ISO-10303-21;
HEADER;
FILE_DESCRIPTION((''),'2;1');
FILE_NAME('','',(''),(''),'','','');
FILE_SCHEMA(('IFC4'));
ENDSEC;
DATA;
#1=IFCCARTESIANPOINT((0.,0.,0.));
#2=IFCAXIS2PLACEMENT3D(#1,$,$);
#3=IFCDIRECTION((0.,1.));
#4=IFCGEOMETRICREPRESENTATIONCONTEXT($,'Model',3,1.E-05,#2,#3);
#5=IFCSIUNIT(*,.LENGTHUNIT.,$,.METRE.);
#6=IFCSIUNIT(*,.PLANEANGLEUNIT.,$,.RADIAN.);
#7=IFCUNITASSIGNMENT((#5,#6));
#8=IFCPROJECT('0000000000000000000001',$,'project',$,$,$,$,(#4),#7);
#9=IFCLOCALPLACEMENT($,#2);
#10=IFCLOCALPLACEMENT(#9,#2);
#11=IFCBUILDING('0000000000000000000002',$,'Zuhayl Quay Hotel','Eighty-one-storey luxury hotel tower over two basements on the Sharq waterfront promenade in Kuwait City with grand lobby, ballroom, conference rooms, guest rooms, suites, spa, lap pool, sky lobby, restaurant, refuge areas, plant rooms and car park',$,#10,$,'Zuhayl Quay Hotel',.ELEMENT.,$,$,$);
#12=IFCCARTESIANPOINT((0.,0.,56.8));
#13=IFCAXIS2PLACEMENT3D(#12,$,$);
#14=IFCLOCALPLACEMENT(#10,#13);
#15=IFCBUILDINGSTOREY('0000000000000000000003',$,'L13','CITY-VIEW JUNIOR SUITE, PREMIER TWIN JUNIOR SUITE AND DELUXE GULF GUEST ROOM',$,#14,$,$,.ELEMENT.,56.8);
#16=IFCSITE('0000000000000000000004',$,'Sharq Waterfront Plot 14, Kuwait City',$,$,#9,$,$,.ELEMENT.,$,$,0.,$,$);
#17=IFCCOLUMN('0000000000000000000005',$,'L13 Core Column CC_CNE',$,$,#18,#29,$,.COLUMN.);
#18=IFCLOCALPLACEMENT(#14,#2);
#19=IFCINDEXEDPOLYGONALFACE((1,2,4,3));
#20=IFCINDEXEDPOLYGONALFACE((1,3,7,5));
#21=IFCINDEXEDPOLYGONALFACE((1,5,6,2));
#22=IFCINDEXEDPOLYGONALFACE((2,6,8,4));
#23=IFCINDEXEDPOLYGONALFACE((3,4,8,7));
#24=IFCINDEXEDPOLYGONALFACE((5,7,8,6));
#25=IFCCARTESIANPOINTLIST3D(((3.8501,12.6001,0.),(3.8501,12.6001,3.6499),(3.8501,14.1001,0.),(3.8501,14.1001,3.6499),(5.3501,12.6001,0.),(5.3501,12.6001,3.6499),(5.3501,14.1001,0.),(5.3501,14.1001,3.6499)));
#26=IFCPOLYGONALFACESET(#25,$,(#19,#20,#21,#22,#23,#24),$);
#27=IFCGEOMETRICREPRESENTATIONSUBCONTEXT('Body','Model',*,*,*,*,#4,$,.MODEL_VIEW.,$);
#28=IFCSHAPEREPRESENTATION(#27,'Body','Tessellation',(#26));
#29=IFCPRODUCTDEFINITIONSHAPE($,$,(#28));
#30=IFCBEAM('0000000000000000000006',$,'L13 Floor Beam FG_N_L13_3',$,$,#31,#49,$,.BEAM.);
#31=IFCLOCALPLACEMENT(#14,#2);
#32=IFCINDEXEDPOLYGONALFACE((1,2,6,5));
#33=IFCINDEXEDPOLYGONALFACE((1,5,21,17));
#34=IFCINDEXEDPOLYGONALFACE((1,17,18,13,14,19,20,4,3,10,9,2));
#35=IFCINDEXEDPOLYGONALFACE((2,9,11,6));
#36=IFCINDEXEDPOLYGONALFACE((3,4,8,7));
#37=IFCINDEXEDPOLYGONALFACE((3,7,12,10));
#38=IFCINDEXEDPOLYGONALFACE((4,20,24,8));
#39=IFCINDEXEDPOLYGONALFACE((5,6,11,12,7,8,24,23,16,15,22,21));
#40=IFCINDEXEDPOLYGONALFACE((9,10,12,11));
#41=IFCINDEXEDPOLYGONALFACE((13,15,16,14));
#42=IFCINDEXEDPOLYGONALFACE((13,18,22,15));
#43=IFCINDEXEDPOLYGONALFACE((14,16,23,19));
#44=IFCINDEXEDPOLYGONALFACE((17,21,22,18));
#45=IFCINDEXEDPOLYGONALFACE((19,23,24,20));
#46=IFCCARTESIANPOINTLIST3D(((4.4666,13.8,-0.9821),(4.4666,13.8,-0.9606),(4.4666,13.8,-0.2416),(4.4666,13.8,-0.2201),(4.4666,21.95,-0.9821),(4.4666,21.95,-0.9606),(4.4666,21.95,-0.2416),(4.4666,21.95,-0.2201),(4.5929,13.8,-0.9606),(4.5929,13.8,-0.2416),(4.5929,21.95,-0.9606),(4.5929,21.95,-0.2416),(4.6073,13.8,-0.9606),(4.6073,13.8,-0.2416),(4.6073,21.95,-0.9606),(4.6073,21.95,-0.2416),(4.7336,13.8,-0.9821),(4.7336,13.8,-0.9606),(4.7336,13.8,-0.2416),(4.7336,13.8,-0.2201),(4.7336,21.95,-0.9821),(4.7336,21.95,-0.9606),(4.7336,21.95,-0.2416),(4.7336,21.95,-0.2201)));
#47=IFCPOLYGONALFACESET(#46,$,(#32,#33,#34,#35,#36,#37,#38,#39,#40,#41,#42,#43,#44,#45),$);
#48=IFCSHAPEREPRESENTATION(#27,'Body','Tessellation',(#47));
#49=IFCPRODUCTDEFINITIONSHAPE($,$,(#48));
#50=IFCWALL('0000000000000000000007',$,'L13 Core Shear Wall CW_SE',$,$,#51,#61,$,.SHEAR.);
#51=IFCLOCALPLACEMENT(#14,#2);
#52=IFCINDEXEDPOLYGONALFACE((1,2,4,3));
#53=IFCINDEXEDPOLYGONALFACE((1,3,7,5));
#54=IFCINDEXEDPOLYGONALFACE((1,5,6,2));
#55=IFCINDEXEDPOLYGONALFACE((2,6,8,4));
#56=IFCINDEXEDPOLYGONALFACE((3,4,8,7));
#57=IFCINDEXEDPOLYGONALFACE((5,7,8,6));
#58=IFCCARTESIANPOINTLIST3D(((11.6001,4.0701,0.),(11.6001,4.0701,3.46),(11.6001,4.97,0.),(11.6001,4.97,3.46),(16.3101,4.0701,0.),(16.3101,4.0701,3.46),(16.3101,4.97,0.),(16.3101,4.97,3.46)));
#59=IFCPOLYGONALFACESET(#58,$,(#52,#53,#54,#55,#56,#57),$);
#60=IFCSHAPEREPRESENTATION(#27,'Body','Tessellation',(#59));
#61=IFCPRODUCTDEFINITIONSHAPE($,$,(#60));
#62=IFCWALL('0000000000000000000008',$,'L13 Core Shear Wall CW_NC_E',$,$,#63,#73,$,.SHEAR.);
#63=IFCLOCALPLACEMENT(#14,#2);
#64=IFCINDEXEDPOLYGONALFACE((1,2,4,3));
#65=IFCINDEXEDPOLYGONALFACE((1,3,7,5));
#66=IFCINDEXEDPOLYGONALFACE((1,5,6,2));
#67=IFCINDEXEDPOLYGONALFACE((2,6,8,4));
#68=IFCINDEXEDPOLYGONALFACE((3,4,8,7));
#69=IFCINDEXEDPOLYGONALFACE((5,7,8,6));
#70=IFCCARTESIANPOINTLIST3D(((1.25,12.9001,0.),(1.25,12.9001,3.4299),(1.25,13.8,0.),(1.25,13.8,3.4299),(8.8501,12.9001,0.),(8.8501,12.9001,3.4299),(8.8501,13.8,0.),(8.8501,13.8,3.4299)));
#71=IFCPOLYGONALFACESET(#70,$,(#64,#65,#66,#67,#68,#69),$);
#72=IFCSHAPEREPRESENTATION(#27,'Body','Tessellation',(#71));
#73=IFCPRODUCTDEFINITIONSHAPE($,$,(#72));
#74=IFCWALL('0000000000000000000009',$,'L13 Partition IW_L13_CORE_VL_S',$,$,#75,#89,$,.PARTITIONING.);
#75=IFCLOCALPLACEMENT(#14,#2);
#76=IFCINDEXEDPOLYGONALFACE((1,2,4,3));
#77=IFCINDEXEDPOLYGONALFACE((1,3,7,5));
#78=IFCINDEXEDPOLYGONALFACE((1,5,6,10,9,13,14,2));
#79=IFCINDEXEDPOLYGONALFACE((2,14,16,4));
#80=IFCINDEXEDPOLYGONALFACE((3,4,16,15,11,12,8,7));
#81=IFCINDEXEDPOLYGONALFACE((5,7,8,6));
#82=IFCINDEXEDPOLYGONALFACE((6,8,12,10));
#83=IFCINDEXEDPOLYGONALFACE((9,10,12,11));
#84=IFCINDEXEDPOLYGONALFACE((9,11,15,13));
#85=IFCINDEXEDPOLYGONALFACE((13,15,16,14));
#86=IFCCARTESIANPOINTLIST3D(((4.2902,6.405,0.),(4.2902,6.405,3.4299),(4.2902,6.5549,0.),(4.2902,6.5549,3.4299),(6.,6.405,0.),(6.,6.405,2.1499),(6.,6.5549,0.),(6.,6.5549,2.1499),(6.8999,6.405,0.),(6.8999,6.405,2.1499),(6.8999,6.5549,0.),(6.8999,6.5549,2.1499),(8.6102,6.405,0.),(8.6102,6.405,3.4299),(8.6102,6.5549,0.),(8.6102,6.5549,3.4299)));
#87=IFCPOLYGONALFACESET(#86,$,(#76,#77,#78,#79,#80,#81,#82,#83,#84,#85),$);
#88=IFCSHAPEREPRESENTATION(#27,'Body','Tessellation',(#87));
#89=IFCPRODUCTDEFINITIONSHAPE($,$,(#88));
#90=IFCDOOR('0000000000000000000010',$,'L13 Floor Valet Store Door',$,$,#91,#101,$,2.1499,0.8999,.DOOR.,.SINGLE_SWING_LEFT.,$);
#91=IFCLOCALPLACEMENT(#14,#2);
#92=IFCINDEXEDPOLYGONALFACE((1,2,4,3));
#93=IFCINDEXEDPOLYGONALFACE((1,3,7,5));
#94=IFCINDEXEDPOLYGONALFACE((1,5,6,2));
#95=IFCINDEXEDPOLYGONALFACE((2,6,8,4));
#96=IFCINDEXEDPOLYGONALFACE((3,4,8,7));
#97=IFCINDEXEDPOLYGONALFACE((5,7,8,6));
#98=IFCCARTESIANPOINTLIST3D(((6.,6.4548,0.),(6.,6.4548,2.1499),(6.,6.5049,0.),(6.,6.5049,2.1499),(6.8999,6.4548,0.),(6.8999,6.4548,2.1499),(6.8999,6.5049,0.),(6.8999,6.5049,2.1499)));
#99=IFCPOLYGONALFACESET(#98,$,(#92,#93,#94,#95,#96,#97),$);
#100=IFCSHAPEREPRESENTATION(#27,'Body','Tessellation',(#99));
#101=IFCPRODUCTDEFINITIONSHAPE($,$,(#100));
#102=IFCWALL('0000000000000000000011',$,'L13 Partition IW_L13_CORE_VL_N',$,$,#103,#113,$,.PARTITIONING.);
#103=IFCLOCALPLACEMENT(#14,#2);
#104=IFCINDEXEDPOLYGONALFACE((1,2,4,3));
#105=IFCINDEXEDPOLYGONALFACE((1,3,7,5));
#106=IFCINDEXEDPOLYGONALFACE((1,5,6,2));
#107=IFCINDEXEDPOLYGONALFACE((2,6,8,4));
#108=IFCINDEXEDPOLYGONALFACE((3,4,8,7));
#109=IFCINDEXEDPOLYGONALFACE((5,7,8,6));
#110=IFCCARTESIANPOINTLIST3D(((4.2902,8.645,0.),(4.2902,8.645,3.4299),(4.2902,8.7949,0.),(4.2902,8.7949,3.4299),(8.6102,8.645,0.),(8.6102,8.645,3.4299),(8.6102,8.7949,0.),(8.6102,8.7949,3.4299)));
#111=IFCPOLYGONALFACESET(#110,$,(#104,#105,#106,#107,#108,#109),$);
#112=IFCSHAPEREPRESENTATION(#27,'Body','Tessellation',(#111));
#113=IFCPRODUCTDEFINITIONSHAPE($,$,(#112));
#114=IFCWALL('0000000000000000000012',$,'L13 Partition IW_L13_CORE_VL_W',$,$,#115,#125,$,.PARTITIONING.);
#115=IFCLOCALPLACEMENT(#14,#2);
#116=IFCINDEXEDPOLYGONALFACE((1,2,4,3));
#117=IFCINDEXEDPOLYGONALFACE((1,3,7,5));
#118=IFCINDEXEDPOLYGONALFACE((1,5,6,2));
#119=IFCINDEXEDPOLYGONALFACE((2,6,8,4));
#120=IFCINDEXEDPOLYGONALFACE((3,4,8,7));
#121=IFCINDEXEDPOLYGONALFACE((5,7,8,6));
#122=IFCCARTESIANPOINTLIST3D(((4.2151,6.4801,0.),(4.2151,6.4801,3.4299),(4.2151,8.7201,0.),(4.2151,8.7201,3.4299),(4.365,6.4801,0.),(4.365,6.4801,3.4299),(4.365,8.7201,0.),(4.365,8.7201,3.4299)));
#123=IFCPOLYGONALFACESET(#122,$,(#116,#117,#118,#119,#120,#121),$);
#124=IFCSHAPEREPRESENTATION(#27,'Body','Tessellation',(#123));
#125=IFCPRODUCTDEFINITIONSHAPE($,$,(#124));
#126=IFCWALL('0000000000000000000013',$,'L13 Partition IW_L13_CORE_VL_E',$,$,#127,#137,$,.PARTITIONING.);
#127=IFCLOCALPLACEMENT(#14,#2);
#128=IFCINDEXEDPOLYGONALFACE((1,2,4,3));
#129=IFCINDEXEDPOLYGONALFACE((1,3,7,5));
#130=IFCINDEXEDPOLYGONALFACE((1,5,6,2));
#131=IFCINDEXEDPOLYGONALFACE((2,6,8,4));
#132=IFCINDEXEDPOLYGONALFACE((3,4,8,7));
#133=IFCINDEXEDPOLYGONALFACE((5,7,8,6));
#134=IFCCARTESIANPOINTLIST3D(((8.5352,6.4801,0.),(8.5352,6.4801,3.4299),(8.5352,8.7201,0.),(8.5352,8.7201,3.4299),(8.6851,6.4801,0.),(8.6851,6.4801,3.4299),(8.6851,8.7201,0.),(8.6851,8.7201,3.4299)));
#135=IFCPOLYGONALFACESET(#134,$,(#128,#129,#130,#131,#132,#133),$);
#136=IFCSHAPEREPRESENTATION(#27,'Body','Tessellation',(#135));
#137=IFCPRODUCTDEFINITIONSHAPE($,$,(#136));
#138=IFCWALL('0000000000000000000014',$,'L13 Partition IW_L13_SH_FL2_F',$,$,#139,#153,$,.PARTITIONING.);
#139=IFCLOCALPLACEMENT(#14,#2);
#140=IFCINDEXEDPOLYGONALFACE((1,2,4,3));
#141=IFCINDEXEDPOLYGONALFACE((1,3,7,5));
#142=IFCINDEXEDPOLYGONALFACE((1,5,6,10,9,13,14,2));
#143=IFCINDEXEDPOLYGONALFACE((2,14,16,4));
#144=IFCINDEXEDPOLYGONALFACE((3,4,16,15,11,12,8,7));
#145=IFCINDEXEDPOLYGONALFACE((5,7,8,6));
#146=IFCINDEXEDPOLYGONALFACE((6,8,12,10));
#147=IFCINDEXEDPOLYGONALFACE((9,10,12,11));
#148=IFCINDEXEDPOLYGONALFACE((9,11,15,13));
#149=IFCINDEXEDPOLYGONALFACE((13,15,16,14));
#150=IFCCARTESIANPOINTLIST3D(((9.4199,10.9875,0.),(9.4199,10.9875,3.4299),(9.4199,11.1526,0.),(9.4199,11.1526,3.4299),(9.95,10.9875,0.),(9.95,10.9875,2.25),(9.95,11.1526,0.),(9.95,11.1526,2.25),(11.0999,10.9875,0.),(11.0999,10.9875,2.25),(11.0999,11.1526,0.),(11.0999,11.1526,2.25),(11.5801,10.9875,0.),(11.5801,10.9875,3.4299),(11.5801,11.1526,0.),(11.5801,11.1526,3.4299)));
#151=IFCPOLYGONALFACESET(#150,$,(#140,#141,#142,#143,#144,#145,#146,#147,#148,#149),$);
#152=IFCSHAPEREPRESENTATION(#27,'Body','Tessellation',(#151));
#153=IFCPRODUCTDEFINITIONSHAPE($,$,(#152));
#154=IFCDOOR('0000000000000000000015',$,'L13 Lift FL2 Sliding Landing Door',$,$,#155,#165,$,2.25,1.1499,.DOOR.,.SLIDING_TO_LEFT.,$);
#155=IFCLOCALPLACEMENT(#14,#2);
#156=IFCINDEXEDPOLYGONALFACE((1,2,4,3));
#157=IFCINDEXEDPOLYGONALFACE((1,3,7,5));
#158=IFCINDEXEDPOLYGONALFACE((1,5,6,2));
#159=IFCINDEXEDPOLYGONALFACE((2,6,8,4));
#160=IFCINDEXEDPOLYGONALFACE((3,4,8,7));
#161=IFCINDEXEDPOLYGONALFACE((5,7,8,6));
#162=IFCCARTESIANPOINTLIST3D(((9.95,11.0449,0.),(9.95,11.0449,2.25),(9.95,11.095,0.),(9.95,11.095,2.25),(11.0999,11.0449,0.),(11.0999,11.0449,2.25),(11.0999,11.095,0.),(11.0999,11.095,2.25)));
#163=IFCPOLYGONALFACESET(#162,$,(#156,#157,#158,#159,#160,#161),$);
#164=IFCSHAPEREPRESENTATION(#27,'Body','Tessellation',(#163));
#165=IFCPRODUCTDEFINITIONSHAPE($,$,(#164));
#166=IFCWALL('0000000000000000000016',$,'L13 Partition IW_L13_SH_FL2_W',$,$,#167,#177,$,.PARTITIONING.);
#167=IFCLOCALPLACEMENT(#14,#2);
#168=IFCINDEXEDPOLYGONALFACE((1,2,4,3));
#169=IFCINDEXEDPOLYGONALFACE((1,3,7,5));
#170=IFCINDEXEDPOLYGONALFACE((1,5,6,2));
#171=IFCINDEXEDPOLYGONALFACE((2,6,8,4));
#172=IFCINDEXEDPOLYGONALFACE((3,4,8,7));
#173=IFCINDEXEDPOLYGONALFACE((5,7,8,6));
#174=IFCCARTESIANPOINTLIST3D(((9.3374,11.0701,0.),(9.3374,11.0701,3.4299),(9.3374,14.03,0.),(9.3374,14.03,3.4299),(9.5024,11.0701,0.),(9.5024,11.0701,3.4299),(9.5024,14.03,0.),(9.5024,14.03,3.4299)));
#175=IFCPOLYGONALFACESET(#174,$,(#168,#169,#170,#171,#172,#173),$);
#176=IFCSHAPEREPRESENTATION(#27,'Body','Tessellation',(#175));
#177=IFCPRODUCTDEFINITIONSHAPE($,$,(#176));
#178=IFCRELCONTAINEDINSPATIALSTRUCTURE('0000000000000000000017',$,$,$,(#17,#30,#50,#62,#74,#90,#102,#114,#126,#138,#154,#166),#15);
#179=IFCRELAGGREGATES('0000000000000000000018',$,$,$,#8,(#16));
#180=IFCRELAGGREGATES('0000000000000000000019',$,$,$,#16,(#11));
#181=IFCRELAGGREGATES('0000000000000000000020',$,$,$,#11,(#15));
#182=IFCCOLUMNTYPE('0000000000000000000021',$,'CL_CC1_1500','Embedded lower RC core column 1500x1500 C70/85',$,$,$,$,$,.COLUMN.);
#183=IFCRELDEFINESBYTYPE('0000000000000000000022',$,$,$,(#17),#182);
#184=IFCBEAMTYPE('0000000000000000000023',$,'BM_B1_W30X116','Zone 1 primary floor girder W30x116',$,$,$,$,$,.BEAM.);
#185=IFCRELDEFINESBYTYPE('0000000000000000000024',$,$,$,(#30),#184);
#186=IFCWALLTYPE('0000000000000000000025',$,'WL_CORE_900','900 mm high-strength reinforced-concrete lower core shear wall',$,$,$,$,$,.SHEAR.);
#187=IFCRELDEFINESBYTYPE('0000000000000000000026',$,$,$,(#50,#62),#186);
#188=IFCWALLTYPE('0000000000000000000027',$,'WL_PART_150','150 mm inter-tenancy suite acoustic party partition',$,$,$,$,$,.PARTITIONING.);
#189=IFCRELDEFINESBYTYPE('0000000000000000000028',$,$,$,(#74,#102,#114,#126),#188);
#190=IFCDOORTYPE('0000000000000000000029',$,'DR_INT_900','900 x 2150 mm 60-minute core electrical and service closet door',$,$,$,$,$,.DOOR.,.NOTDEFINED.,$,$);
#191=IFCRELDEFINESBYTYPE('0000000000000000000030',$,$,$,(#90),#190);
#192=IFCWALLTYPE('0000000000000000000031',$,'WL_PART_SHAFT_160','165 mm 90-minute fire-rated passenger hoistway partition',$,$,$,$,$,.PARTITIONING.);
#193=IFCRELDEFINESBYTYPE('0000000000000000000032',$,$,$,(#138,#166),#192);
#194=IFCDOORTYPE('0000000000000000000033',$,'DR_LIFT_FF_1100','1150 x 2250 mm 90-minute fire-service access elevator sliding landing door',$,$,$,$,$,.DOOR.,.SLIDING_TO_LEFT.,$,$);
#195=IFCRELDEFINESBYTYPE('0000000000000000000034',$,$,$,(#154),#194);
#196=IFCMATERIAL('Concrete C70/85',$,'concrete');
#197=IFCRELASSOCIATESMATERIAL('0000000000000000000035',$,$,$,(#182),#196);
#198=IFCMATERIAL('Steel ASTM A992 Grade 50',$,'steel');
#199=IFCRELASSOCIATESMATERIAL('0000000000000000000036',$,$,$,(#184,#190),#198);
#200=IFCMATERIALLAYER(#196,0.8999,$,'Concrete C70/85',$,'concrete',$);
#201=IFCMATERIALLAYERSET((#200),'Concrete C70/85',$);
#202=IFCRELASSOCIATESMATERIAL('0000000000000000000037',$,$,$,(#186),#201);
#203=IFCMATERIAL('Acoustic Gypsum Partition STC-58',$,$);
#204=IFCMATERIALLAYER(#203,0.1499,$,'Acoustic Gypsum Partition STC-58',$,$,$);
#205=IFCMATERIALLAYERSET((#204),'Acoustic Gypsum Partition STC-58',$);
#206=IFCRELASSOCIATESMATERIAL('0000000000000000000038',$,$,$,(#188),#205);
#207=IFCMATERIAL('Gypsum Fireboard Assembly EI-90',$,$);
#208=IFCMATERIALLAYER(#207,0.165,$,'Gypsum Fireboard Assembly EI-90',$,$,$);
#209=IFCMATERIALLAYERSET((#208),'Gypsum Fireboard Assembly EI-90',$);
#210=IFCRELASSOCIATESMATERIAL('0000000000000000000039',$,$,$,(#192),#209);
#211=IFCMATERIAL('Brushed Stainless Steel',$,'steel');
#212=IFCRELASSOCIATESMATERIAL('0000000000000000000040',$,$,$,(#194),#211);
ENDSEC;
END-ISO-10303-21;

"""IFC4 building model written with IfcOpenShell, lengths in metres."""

from ifc_helpers import new_model, si_unit, direction, frame, frame_2d, origin, origin_2d, place, context, subcontext, project, spatial, rectangle, i_section, extrude, material, layer, layer_set, material_profile, profile_set, type_object, element, fill, save


model = new_model("IFC4")

# Units and contexts
model_context = context("Model", 3, precision=1e-05, world=origin(), true_north=direction((0.0, 1.0)))
body_context = subcontext(model_context, "Body", "Model", "MODEL_VIEW")
ifc_project = project(units=[si_unit("LENGTHUNIT", "METRE"), si_unit("PLANEANGLEUNIT", "RADIAN")], contexts=[model_context])

# Site, building, storey
site_placement = place(None, origin())
site = spatial("IfcSite", under=ifc_project, at=site_placement, Name="Sharq Waterfront Plot 14, Kuwait City", CompositionType="ELEMENT", RefElevation=0.0)
building_placement = place(site_placement, origin())
building = spatial("IfcBuilding", under=site, at=building_placement, Name="Zuhayl Quay Hotel", Description="Eighty-one-storey luxury hotel tower over two basements on the Sharq waterfront promenade in Kuwait City with grand lobby, ballroom, conference rooms, guest rooms, suites, spa, lap pool, sky lobby, restaurant, refuge areas, plant rooms and car park", LongName="Zuhayl Quay Hotel", CompositionType="ELEMENT")
storey_placement = place(building_placement, frame((0.0, 0.0, 56.8)))
storey = spatial("IfcBuildingStorey", under=building, at=storey_placement, Name="L13", Description="CITY-VIEW JUNIOR SUITE, PREMIER TWIN JUNIOR SUITE AND DELUXE GULF GUEST ROOM", CompositionType="ELEMENT", Elevation=56.8)

# Column
ifc_material_1 = material(Name="Concrete C70/85", Category="concrete")
ifc_material_profile_1 = material_profile(ifc_material_1, rectangle(XDim=1.5, YDim=1.5, at=origin_2d()), Name="RC1500X1500")
ifc_profile_set_1 = profile_set([ifc_material_profile_1], Name="Concrete C70/85")
column_type = type_object("IfcColumnType", Name="CL_CC1_1500", Description="Embedded lower RC core column 1500x1500 C70/85", PredefinedType="COLUMN", material=ifc_profile_set_1)
column_placement = place(storey_placement, frame((4.6001, 13.3501, 0.0), z_axis=(0.0, 0.0, 1.0), x_axis=(1.0, 0.0, 0.0)))
element("IfcColumn", 1, at=column_placement, inside=storey, type_object=column_type, Name="L13 Core Column CC_CNE", PredefinedType="COLUMN", context=body_context, shape_type="SweptSolid", body=[
    extrude(rectangle(XDim=1.5, YDim=1.5, at=origin_2d()), origin(), (0.0, 0.0, 1.0), 3.6499),
])

# Beam
ifc_material_2 = material(Name="Steel ASTM A992 Grade 50", Category="steel")
ifc_material_profile_2 = material_profile(ifc_material_2, i_section(OverallWidth=0.2671, OverallDepth=0.762, WebThickness=0.0144, FlangeThickness=0.0215, at=origin_2d()), Name="W30X116")
ifc_profile_set_2 = profile_set([ifc_material_profile_2], Name="Steel ASTM A992 Grade 50")
beam_type = type_object("IfcBeamType", Name="BM_B1_W30X116", Description="Zone 1 primary floor girder W30x116", PredefinedType="BEAM", material=ifc_profile_set_2)
beam_placement = place(storey_placement, frame((4.6001, 13.8, -0.6011), z_axis=(0.0, 1.0, 0.0), x_axis=(-1.0, 0.0, 0.0)))
element("IfcBeam", 2, at=beam_placement, inside=storey, type_object=beam_type, Name="L13 Floor Beam FG_N_L13_3", PredefinedType="BEAM", context=body_context, shape_type="SweptSolid", body=[
    extrude(i_section(OverallWidth=0.2671, OverallDepth=0.762, WebThickness=0.0144, FlangeThickness=0.0215, at=origin_2d()), origin(), (0.0, 0.0, 1.0), 8.1499),
])

# Walls
ifc_layer_1 = layer(ifc_material_1, 0.8999, Name="Concrete C70/85", Category="concrete")
ifc_layer_set_1 = layer_set([ifc_layer_1], Name="Concrete C70/85")
wall_type_1 = type_object("IfcWallType", Name="WL_CORE_900", Description="900 mm high-strength reinforced-concrete lower core shear wall", PredefinedType="SHEAR", material=ifc_layer_set_1)
wall_1_placement = place(storey_placement, frame((11.6001, 4.52, 0.0), z_axis=(0.0, 0.0, 1.0), x_axis=(1.0, 0.0, 0.0)))
element("IfcWall", 3, at=wall_1_placement, inside=storey, type_object=wall_type_1, Name="L13 Core Shear Wall CW_SE", PredefinedType="SHEAR", context=body_context, shape_type="SweptSolid", body=[
    extrude(rectangle(XDim=4.71, YDim=0.8999, at=frame_2d((2.355, 0.0))), origin(), (0.0, 0.0, 1.0), 3.46),
])
wall_2_placement = place(storey_placement, frame((1.25, 13.3501, 0.0), z_axis=(0.0, 0.0, 1.0), x_axis=(1.0, 0.0, 0.0)))
element("IfcWall", 4, at=wall_2_placement, inside=storey, type_object=wall_type_1, Name="L13 Core Shear Wall CW_NC_E", PredefinedType="SHEAR", context=body_context, shape_type="SweptSolid", body=[
    extrude(rectangle(XDim=7.6001, YDim=0.8999, at=frame_2d((3.8, 0.0))), origin(), (0.0, 0.0, 1.0), 3.4299),
])

# Wall, opening, door
ifc_material_3 = material(Name="Acoustic Gypsum Partition STC-58")
ifc_layer_2 = layer(ifc_material_3, 0.1499, Name="Acoustic Gypsum Partition STC-58")
ifc_layer_set_2 = layer_set([ifc_layer_2], Name="Acoustic Gypsum Partition STC-58")
wall_type_2 = type_object("IfcWallType", Name="WL_PART_150", Description="150 mm inter-tenancy suite acoustic party partition", PredefinedType="PARTITIONING", material=ifc_layer_set_2)
wall_3_placement = place(storey_placement, frame((4.29, 6.48, 0.0), z_axis=(0.0, 0.0, 1.0), x_axis=(1.0, 0.0, 0.0)))
wall_3 = element("IfcWall", 5, at=wall_3_placement, inside=storey, type_object=wall_type_2, Name="L13 Partition IW_L13_CORE_VL_S", PredefinedType="PARTITIONING", context=body_context, shape_type="SweptSolid", body=[
    extrude(rectangle(XDim=4.3201, YDim=0.1499, at=frame_2d((2.1602, 0.0))), origin(), (0.0, 0.0, 1.0), 3.4299),
])
opening_1_placement = place(wall_3_placement, frame((1.71, 0.0, 0.0)))
opening_1 = element("IfcOpeningElement", 6, at=opening_1_placement, cuts=wall_3, PredefinedType="OPENING", context=body_context, shape_type="SweptSolid", body=[
    extrude(rectangle(XDim=0.8999, YDim=2.1499, at=frame_2d((0.45, 1.075))), frame((0.0, 0.085, 0.0), z_axis=(0.0, -1.0, 0.0), x_axis=(1.0, 0.0, 0.0)), (0.0, 0.0, 1.0), 0.1699),
])
door_type_1 = type_object("IfcDoorType", Name="DR_INT_900", Description="900 x 2150 mm 60-minute core electrical and service closet door", OperationType="NOTDEFINED", PredefinedType="DOOR", material=ifc_material_2)
door_1_placement = place(opening_1_placement, origin())
door_1 = element("IfcDoor", 7, at=door_1_placement, inside=storey, type_object=door_type_1, Name="L13 Floor Valet Store Door", OperationType="SINGLE_SWING_LEFT", OverallHeight=2.1499, OverallWidth=0.8999, PredefinedType="DOOR", context=body_context, shape_type="SweptSolid", body=[
    extrude(rectangle(XDim=0.8999, YDim=2.1499, at=frame_2d((0.45, 1.075))), frame((0.0, 0.0249, 0.0), z_axis=(0.0, -1.0, 0.0), x_axis=(1.0, 0.0, 0.0)), (0.0, 0.0, 1.0), 0.05),
])
fill(opening_1, door_1)

# Walls
wall_4_placement = place(storey_placement, frame((4.29, 8.72, 0.0), z_axis=(0.0, 0.0, 1.0), x_axis=(1.0, 0.0, 0.0)))
element("IfcWall", 8, at=wall_4_placement, inside=storey, type_object=wall_type_2, Name="L13 Partition IW_L13_CORE_VL_N", PredefinedType="PARTITIONING", context=body_context, shape_type="SweptSolid", body=[
    extrude(rectangle(XDim=4.3201, YDim=0.1499, at=frame_2d((2.1602, 0.0))), origin(), (0.0, 0.0, 1.0), 3.4299),
])
for number, where, z_axis, x_axis, name in (
    (9, (4.29, 6.48, 0.0), (0.0, 0.0, 1.0), (0.0, 1.0, 0.0), "L13 Partition IW_L13_CORE_VL_W"),
    (10, (8.6101, 6.48, 0.0), (0.0, 0.0, 1.0), (0.0, 1.0, 0.0), "L13 Partition IW_L13_CORE_VL_E"),
):
    element("IfcWall", number, at=place(storey_placement, frame(where, z_axis=z_axis, x_axis=x_axis)), inside=storey, type_object=wall_type_2, Name=name, PredefinedType="PARTITIONING", context=body_context, shape_type="SweptSolid", body=[
        extrude(rectangle(XDim=2.24, YDim=0.1499, at=frame_2d((1.1201, 0.0))), origin(), (0.0, 0.0, 1.0), 3.4299),
    ])

# Wall, opening, door
ifc_material_4 = material(Name="Gypsum Fireboard Assembly EI-90")
ifc_layer_3 = layer(ifc_material_4, 0.165, Name="Gypsum Fireboard Assembly EI-90")
ifc_layer_set_3 = layer_set([ifc_layer_3], Name="Gypsum Fireboard Assembly EI-90")
wall_type_3 = type_object("IfcWallType", Name="WL_PART_SHAFT_160", Description="165 mm 90-minute fire-rated passenger hoistway partition", PredefinedType="PARTITIONING", material=ifc_layer_set_3)
wall_5_placement = place(storey_placement, frame((9.4199, 11.0701, 0.0), z_axis=(0.0, 0.0, 1.0), x_axis=(1.0, 0.0, 0.0)))
wall_5 = element("IfcWall", 11, at=wall_5_placement, inside=storey, type_object=wall_type_3, Name="L13 Partition IW_L13_SH_FL2_F", PredefinedType="PARTITIONING", context=body_context, shape_type="SweptSolid", body=[
    extrude(rectangle(XDim=2.1602, YDim=0.165, at=frame_2d((1.0801, 0.0))), origin(), (0.0, 0.0, 1.0), 3.4299),
])
opening_2_placement = place(wall_5_placement, frame((0.53, 0.0, 0.0)))
opening_2 = element("IfcOpeningElement", 12, at=opening_2_placement, cuts=wall_5, PredefinedType="OPENING", context=body_context, shape_type="SweptSolid", body=[
    extrude(rectangle(XDim=1.1499, YDim=2.25, at=frame_2d((0.575, 1.125))), frame((0.0, 0.0925, 0.0), z_axis=(0.0, -1.0, 0.0), x_axis=(1.0, 0.0, 0.0)), (0.0, 0.0, 1.0), 0.1851),
])
ifc_material_5 = material(Name="Brushed Stainless Steel", Category="steel")
door_type_2 = type_object("IfcDoorType", Name="DR_LIFT_FF_1100", Description="1150 x 2250 mm 90-minute fire-service access elevator sliding landing door", OperationType="SLIDING_TO_LEFT", PredefinedType="DOOR", material=ifc_material_5)
door_2_placement = place(opening_2_placement, origin())
door_2 = element("IfcDoor", 13, at=door_2_placement, inside=storey, type_object=door_type_2, Name="L13 Lift FL2 Sliding Landing Door", OperationType="SLIDING_TO_LEFT", OverallHeight=2.25, OverallWidth=1.1499, PredefinedType="DOOR", context=body_context, shape_type="SweptSolid", body=[
    extrude(rectangle(XDim=1.1499, YDim=2.25, at=frame_2d((0.575, 1.125))), frame((0.0, 0.0249, 0.0), z_axis=(0.0, -1.0, 0.0), x_axis=(1.0, 0.0, 0.0)), (0.0, 0.0, 1.0), 0.05),
])
fill(opening_2, door_2)

# Wall
wall_6_placement = place(storey_placement, frame((9.4199, 11.0701, 0.0), z_axis=(0.0, 0.0, 1.0), x_axis=(0.0, 1.0, 0.0)))
element("IfcWall", 14, at=wall_6_placement, inside=storey, type_object=wall_type_3, Name="L13 Partition IW_L13_SH_FL2_W", PredefinedType="PARTITIONING", context=body_context, shape_type="SweptSolid", body=[
    extrude(rectangle(XDim=2.96, YDim=0.165, at=frame_2d((1.48, 0.0))), origin(), (0.0, 0.0, 1.0), 3.4299),
])

save(model, "model.ifc")
